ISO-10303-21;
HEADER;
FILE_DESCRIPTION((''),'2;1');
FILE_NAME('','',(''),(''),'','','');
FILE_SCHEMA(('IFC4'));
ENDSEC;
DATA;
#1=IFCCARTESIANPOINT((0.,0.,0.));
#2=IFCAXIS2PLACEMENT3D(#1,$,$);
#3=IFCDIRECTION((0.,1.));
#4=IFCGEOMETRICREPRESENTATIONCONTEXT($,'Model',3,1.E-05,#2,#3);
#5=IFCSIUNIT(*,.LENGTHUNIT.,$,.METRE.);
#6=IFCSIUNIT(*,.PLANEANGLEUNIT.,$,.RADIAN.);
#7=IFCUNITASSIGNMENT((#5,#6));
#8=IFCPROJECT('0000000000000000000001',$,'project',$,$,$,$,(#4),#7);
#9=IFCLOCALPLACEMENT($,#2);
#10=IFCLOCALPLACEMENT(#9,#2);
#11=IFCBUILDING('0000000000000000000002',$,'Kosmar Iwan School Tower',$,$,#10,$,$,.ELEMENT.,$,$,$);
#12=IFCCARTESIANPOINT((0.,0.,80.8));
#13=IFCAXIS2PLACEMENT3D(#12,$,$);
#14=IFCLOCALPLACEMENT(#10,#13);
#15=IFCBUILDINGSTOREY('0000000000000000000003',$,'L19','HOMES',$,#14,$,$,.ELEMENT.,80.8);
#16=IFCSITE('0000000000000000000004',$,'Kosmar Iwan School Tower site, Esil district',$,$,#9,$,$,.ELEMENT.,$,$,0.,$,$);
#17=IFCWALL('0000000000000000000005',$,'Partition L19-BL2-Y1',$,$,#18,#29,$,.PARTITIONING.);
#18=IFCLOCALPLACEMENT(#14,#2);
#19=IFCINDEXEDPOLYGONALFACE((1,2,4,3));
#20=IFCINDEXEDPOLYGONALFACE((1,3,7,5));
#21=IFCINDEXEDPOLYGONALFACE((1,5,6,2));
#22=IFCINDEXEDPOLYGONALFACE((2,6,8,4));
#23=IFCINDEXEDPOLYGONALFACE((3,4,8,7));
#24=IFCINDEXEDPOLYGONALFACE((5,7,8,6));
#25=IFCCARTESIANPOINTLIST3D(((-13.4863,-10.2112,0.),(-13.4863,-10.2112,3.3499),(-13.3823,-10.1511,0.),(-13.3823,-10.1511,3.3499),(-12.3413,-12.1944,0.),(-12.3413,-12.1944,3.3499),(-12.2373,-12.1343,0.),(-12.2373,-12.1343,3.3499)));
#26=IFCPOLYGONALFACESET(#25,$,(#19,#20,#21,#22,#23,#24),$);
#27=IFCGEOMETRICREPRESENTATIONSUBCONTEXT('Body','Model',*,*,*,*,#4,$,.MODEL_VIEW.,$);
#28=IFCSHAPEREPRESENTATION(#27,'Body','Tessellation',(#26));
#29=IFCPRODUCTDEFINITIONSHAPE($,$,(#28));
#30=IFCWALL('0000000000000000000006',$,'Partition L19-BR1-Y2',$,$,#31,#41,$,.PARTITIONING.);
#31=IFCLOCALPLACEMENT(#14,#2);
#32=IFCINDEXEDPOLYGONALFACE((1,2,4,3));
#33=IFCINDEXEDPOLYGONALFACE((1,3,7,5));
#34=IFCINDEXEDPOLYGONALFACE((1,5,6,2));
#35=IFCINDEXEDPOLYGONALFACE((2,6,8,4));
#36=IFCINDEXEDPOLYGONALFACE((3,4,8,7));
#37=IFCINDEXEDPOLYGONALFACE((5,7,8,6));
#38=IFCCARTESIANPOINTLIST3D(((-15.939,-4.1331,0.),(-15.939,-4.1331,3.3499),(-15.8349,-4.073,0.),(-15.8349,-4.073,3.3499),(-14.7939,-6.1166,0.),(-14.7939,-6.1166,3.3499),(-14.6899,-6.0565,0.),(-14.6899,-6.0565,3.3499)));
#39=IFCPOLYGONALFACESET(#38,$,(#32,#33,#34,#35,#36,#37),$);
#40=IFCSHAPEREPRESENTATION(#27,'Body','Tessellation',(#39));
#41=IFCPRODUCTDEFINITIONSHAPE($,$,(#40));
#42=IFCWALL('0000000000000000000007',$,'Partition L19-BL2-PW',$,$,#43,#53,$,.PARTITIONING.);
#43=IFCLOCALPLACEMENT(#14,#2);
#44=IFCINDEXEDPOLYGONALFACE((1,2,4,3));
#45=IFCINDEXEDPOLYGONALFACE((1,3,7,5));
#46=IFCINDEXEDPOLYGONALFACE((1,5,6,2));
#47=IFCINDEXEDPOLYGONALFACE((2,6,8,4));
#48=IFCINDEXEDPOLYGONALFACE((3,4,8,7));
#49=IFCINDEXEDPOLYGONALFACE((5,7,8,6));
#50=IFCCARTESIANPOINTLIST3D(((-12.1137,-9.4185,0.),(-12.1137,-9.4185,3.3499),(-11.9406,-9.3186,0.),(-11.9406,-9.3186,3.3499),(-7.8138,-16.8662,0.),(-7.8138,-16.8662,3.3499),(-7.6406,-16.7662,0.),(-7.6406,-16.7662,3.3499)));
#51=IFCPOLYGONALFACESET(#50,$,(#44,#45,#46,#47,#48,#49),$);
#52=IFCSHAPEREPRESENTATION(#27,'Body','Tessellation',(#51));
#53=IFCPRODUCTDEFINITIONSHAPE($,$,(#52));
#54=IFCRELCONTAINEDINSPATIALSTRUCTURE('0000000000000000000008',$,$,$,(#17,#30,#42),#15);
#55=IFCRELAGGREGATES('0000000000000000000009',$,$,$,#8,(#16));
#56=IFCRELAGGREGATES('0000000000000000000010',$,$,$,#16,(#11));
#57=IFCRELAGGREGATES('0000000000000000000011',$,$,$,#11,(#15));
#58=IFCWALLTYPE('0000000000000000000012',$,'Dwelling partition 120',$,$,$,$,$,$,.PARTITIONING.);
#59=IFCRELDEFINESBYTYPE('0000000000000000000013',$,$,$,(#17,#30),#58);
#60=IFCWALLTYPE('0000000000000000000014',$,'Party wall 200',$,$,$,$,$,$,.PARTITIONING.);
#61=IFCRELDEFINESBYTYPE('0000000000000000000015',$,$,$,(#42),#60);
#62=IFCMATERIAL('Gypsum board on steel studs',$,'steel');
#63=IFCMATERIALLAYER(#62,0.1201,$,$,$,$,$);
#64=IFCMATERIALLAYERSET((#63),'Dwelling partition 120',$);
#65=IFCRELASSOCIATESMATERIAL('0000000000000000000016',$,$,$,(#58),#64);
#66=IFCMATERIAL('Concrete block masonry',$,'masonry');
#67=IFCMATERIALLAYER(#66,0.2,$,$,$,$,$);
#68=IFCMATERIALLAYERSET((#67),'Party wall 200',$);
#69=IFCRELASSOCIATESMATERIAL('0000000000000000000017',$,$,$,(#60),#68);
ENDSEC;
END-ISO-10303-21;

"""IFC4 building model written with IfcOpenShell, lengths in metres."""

from ifc_helpers import new_model, si_unit, direction, frame, frame_2d, origin, place, context, subcontext, project, spatial, rectangle, extrude, material, layer, layer_set, type_object, element, save


model = new_model("IFC4")

# Units and contexts
model_context = context("Model", 3, precision=1e-05, world=origin(), true_north=direction((0.0, 1.0)))
body_context = subcontext(model_context, "Body", "Model", "MODEL_VIEW")
ifc_project = project(units=[si_unit("LENGTHUNIT", "METRE"), si_unit("PLANEANGLEUNIT", "RADIAN")], contexts=[model_context])

# Site, building, storey
site_placement = place(None, origin())
site = spatial("IfcSite", under=ifc_project, at=site_placement, Name="Kosmar Iwan School Tower site, Esil district", CompositionType="ELEMENT", RefElevation=0.0)
building_placement = place(site_placement, origin())
building = spatial("IfcBuilding", under=site, at=building_placement, Name="Kosmar Iwan School Tower", CompositionType="ELEMENT")
storey_placement = place(building_placement, frame((0.0, 0.0, 80.8)))
storey = spatial("IfcBuildingStorey", under=building, at=storey_placement, Name="L19", Description="HOMES", CompositionType="ELEMENT", Elevation=80.8)

# Shared definitions
ifc_material_1 = material(Name="Gypsum board on steel studs", Category="steel")
ifc_layer_1 = layer(ifc_material_1, 0.1201)
ifc_layer_set_1 = layer_set([ifc_layer_1], Name="Dwelling partition 120")
wall_type_1 = type_object("IfcWallType", Name="Dwelling partition 120", PredefinedType="PARTITIONING", material=ifc_layer_set_1)

# Walls
wall_1_placement = place(storey_placement, frame((-13.4343, -10.1812, 0.0), z_axis=(0.0, 0.0, 1.0), x_axis=(0.500015, -0.866017, 0.0)))
element("IfcWall", 1, at=wall_1_placement, inside=storey, type_object=wall_type_1, Name="Partition L19-BL2-Y1", PredefinedType="PARTITIONING", context=body_context, shape_type="SweptSolid", body=[
    extrude(rectangle(XDim=2.29, YDim=0.1201, at=frame_2d((1.145, 0.0))), origin(), (0.0, 0.0, 1.0), 3.3499),
])
wall_2_placement = place(storey_placement, frame((-14.7419, -6.0864, 0.0), z_axis=(0.0, 0.0, 1.0), x_axis=(-0.499969, 0.866044, 0.0)))
element("IfcWall", 2, at=wall_2_placement, inside=storey, type_object=wall_type_1, Name="Partition L19-BR1-Y2", PredefinedType="PARTITIONING", context=body_context, shape_type="SweptSolid", body=[
    extrude(rectangle(XDim=2.2903, YDim=0.1201, at=frame_2d((1.145, 0.0))), origin(), (0.0, 0.0, 1.0), 3.3499),
])
ifc_material_2 = material(Name="Concrete block masonry", Category="masonry")
ifc_layer_2 = layer(ifc_material_2, 0.2)
ifc_layer_set_2 = layer_set([ifc_layer_2], Name="Party wall 200")
wall_type_2 = type_object("IfcWallType", Name="Party wall 200", PredefinedType="PARTITIONING", material=ifc_layer_set_2)
wall_3_placement = place(storey_placement, frame((-12.0271, -9.3687, 0.0), z_axis=(0.0, 0.0, 1.0), x_axis=(0.500008, -0.866021, 0.0)))
element("IfcWall", 3, at=wall_3_placement, inside=storey, type_object=wall_type_2, Name="Partition L19-BL2-PW", PredefinedType="PARTITIONING", context=body_context, shape_type="SweptSolid", body=[
    extrude(rectangle(XDim=8.5999, YDim=0.2, at=frame_2d((4.2998, 0.0))), origin(), (0.0, 0.0, 1.0), 3.3499),
])

save(model, "model.ifc")
